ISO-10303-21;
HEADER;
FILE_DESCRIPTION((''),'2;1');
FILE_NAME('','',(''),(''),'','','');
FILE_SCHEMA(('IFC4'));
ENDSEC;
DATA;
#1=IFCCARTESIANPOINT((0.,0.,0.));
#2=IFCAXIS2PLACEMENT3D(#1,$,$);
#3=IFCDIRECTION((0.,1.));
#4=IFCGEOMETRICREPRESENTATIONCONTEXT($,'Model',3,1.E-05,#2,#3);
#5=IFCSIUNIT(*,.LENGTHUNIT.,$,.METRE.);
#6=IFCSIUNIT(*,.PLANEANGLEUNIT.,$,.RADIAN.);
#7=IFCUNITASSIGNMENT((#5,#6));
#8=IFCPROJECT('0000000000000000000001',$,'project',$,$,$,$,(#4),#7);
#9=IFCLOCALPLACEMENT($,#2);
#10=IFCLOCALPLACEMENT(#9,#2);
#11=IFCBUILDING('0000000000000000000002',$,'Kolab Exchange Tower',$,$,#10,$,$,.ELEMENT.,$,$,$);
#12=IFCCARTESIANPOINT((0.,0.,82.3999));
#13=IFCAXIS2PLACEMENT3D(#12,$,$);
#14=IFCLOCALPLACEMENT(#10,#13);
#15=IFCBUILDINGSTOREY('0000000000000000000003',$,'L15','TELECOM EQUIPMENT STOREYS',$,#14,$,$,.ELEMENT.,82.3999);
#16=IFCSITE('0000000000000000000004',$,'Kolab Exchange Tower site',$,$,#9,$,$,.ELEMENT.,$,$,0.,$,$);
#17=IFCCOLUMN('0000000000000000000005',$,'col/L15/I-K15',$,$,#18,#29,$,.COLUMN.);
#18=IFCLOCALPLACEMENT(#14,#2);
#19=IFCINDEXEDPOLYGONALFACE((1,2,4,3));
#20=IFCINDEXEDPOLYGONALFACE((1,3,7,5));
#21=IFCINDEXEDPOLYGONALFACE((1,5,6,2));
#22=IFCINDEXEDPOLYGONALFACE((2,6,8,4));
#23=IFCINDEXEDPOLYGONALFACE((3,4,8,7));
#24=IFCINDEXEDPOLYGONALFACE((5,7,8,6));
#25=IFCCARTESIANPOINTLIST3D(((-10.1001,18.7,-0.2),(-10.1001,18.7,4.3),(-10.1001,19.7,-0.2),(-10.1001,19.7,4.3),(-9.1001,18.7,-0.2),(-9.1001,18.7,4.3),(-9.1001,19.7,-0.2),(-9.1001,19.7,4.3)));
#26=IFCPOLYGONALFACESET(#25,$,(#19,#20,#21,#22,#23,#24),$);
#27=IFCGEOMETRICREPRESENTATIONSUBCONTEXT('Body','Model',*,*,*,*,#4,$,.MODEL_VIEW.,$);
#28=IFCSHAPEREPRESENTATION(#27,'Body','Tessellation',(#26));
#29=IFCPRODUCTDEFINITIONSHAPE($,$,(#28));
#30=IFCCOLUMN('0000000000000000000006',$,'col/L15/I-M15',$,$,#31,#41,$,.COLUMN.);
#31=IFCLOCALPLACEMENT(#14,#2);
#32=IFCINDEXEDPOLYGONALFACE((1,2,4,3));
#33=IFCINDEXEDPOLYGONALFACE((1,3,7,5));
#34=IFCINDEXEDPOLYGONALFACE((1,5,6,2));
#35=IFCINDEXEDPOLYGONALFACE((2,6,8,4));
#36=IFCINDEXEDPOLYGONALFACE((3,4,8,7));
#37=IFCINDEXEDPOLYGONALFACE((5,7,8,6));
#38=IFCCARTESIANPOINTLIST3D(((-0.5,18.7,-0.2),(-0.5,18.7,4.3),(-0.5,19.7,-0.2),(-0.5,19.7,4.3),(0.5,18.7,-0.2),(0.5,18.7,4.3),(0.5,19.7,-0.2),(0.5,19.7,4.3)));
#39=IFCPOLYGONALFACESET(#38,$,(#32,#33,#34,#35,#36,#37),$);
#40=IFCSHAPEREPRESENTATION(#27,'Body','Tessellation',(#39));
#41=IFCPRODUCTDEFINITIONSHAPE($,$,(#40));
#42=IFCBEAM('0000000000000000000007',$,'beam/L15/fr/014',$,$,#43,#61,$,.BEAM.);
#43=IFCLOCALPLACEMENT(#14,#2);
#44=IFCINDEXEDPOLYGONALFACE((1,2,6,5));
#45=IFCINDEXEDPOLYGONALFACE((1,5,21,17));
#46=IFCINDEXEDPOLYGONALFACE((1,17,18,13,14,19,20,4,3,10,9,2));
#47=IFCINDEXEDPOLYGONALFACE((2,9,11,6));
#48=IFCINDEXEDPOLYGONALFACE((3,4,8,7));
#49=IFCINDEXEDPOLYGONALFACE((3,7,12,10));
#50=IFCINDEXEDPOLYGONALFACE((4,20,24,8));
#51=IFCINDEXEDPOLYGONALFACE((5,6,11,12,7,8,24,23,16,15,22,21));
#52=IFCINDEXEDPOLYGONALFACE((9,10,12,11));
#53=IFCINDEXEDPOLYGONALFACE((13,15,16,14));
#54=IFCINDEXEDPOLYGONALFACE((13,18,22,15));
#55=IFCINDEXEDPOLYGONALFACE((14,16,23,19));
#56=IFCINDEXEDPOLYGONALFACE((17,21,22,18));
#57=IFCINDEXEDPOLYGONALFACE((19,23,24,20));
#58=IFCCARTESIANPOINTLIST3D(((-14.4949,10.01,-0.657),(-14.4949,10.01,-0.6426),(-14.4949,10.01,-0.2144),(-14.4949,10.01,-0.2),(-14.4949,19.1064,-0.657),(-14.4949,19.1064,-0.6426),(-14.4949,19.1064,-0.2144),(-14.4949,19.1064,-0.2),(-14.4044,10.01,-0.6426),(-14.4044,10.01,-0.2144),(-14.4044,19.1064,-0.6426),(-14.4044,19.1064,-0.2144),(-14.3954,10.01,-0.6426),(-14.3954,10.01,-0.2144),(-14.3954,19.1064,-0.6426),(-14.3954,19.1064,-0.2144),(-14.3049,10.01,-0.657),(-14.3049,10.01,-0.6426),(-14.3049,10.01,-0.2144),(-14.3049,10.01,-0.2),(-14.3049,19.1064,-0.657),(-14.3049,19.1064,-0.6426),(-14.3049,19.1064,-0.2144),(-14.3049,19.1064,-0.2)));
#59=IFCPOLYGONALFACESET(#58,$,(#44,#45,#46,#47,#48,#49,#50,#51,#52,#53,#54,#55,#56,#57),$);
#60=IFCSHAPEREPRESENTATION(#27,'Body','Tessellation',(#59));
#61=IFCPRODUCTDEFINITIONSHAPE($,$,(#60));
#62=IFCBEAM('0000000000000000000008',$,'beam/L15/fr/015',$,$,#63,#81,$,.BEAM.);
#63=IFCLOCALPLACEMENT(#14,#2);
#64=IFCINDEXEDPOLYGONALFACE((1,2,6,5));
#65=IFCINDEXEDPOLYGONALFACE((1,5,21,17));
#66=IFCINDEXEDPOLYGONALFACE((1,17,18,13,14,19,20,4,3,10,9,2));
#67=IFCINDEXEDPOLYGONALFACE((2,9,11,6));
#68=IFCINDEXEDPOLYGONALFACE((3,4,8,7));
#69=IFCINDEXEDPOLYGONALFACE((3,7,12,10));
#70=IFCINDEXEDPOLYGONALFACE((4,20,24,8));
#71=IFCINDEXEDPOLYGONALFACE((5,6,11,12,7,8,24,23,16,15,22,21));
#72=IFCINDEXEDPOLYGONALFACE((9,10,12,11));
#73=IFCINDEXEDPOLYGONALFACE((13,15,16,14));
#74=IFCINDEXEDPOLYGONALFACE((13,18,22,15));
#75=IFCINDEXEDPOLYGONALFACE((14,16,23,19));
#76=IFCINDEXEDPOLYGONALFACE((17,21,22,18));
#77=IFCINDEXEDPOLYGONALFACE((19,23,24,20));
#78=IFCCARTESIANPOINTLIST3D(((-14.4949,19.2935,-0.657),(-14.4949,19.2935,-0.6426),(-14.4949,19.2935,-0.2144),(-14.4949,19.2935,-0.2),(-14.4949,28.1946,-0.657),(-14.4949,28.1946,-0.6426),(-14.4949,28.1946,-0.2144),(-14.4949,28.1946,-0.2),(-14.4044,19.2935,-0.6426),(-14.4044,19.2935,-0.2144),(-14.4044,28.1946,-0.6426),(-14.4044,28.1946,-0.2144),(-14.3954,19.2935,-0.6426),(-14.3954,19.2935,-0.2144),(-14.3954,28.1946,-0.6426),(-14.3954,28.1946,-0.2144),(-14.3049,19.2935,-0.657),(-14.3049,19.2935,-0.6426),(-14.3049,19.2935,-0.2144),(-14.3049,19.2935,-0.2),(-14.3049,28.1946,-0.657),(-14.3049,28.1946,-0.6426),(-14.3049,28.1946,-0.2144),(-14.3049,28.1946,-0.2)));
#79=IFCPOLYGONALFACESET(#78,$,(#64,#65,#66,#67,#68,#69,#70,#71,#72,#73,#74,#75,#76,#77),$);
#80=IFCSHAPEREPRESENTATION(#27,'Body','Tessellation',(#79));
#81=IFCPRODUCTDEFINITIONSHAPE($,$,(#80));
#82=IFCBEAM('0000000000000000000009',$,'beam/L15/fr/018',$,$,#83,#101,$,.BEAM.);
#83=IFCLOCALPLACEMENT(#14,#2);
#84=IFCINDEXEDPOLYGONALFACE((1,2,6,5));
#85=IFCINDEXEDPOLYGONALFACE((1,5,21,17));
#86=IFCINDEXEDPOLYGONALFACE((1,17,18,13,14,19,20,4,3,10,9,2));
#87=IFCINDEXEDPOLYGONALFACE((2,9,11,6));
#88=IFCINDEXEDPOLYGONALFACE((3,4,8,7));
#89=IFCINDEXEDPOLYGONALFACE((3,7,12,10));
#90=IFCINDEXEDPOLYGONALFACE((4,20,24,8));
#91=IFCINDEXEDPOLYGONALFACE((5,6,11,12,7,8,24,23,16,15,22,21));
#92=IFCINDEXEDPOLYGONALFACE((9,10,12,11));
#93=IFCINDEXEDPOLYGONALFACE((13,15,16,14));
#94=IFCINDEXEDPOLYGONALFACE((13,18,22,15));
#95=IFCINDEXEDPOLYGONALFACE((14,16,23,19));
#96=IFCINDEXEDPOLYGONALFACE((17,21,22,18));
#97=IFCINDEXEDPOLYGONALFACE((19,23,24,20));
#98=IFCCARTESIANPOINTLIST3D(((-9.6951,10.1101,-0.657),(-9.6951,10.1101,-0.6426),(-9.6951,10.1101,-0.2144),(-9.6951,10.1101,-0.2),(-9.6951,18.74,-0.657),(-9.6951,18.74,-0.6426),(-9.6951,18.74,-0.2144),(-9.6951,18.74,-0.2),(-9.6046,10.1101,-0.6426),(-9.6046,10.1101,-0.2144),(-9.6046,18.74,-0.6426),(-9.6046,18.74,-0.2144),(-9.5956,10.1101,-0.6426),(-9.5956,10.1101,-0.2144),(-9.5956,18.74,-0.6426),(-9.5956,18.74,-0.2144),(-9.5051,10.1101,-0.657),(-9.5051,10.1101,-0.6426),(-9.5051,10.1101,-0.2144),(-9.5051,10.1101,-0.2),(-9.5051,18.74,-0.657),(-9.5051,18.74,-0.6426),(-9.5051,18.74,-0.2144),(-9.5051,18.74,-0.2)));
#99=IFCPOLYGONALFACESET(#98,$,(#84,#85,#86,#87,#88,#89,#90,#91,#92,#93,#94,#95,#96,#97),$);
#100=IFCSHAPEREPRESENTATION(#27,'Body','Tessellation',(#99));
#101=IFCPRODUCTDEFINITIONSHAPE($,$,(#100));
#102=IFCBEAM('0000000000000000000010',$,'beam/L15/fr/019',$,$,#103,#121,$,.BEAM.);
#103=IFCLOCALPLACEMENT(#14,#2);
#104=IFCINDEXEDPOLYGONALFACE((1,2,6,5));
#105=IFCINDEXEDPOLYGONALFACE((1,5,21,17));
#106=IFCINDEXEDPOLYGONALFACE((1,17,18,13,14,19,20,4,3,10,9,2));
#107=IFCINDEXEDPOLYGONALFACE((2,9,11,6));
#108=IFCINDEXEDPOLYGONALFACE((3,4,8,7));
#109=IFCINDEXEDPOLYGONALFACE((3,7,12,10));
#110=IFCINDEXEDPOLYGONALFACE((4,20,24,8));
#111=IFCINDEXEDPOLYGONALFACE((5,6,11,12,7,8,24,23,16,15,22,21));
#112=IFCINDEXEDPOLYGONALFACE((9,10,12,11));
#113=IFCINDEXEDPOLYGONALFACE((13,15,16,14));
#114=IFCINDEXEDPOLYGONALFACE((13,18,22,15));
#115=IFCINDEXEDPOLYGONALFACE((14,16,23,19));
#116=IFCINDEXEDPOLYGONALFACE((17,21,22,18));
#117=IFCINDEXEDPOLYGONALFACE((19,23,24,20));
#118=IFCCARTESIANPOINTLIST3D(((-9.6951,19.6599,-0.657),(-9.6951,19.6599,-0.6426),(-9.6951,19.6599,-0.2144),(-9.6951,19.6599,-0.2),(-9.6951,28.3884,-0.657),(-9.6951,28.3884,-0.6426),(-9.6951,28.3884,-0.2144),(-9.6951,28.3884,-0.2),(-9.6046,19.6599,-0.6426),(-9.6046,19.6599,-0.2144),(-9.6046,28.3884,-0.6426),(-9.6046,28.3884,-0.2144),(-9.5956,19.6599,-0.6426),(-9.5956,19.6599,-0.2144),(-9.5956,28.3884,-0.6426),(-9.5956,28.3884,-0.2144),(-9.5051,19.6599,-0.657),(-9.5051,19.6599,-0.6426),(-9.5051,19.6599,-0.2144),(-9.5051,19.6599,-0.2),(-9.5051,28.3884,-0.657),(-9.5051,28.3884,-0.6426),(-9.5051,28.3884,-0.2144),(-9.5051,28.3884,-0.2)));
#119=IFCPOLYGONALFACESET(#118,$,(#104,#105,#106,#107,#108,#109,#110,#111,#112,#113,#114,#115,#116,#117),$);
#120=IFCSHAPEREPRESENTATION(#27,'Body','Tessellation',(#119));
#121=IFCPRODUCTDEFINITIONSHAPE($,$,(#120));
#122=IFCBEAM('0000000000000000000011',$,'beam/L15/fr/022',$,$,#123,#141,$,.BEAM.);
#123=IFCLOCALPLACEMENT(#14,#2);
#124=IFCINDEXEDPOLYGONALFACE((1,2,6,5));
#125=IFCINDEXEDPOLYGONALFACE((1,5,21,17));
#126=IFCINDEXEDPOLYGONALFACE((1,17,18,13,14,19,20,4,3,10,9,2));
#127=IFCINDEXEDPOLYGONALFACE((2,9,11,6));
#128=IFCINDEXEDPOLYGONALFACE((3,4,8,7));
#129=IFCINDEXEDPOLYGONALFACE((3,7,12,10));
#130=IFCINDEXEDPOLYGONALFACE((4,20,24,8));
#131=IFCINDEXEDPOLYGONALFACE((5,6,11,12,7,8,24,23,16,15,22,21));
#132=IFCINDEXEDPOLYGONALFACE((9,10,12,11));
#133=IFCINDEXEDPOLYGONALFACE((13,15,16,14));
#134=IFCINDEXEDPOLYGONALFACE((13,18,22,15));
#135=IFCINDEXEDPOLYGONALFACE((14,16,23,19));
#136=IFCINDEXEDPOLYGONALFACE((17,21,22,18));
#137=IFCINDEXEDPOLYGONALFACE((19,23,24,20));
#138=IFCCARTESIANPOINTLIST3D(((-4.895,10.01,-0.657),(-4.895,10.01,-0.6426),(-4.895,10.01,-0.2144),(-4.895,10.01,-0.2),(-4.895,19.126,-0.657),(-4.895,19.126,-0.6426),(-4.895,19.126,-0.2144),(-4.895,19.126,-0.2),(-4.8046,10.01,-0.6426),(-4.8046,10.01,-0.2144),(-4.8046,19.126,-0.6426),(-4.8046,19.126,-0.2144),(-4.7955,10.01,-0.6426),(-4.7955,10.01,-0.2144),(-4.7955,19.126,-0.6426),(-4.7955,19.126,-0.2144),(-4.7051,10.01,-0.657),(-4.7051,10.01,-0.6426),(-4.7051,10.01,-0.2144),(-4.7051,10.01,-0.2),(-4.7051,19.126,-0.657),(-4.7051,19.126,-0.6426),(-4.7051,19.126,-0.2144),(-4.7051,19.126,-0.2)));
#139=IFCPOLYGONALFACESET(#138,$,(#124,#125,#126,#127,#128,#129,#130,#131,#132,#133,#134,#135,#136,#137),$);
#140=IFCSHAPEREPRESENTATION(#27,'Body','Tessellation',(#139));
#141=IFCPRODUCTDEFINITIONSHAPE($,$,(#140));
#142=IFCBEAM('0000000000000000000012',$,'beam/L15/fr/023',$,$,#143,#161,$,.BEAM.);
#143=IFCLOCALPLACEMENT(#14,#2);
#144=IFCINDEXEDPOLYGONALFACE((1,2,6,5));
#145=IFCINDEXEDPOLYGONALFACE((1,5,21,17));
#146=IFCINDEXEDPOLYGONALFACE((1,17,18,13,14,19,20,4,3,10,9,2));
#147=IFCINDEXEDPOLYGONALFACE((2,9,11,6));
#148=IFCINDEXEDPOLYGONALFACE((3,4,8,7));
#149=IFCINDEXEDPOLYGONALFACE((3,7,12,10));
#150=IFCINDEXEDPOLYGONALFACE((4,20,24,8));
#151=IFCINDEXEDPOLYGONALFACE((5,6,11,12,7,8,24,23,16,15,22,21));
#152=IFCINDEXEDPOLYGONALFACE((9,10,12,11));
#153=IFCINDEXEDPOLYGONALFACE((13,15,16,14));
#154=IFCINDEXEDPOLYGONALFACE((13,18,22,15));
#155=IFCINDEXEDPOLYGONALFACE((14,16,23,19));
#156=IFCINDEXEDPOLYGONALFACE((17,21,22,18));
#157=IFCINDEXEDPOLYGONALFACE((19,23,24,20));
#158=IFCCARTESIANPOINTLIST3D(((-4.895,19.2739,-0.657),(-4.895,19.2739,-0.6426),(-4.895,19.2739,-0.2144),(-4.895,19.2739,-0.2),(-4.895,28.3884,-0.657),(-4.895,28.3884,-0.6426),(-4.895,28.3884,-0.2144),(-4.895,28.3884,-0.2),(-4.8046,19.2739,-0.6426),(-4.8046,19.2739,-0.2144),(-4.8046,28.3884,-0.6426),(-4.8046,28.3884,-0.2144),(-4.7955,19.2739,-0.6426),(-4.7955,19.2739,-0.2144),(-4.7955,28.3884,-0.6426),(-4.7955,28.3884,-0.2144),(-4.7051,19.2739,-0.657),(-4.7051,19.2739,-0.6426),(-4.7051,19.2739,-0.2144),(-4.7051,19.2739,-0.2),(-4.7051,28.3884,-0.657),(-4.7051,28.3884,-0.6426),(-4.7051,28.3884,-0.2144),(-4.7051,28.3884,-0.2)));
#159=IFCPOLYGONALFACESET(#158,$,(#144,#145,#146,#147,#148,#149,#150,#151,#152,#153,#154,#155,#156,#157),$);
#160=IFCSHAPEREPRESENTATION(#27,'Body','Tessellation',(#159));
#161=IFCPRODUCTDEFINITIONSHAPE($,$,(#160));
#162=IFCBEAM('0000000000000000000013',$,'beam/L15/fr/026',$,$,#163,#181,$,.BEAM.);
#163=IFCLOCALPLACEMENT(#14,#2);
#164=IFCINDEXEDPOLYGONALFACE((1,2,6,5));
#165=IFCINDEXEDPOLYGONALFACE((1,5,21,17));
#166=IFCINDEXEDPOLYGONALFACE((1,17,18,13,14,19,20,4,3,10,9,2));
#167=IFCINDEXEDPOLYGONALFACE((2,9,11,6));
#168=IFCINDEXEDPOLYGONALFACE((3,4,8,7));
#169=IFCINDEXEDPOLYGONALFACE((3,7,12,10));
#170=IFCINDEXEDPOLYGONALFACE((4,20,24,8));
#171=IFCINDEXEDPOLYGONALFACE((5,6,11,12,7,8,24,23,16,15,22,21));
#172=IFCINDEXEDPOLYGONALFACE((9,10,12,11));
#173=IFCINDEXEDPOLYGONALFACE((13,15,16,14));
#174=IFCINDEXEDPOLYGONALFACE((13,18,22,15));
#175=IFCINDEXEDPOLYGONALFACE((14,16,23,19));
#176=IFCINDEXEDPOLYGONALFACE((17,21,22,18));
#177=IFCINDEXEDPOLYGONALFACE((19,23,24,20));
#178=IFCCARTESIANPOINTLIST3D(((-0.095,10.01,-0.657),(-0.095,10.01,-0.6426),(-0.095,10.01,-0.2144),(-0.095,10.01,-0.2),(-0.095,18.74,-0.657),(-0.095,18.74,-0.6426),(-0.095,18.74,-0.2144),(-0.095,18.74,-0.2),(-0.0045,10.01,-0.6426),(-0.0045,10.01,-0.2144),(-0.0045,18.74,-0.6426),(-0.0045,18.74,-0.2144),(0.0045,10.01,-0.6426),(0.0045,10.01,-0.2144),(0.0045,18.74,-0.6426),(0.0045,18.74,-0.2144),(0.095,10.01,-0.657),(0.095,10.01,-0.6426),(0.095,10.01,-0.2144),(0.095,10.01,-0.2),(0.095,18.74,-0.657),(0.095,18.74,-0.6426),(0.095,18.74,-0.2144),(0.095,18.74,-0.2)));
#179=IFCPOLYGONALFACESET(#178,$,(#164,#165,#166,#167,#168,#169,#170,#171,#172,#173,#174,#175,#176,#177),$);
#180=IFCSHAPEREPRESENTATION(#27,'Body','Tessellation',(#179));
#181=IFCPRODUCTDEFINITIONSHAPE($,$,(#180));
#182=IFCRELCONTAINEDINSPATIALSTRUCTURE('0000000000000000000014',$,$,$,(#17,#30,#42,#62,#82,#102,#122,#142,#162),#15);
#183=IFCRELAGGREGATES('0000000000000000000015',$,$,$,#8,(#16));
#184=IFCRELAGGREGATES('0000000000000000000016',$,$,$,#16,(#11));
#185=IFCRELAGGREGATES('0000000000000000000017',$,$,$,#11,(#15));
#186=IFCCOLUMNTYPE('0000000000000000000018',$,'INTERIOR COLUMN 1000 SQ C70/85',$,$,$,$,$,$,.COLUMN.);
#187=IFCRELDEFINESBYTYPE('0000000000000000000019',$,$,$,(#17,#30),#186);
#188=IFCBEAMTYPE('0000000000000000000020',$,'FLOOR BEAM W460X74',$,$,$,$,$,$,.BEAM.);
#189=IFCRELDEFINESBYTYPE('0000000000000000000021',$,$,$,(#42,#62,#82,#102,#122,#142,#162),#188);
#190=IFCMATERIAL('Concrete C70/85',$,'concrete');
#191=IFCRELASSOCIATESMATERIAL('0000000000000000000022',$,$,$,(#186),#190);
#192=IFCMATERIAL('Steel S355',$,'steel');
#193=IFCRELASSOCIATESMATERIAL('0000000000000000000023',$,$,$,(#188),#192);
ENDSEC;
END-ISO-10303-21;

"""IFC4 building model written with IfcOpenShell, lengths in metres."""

from ifc_helpers import new_model, si_unit, direction, frame, origin, origin_2d, place, context, subcontext, project, spatial, rectangle, i_section, extrude, material, material_profile, profile_set, type_object, element, save


model = new_model("IFC4")

# Units and contexts
model_context = context("Model", 3, precision=1e-05, world=origin(), true_north=direction((0.0, 1.0)))
body_context = subcontext(model_context, "Body", "Model", "MODEL_VIEW")
ifc_project = project(units=[si_unit("LENGTHUNIT", "METRE"), si_unit("PLANEANGLEUNIT", "RADIAN")], contexts=[model_context])

# Site, building, storey
site_placement = place(None, origin())
site = spatial("IfcSite", under=ifc_project, at=site_placement, Name="Kolab Exchange Tower site", CompositionType="ELEMENT", RefElevation=0.0)
building_placement = place(site_placement, origin())
building = spatial("IfcBuilding", under=site, at=building_placement, Name="Kolab Exchange Tower", CompositionType="ELEMENT")
storey_placement = place(building_placement, frame((0.0, 0.0, 82.3999)))
storey = spatial("IfcBuildingStorey", under=building, at=storey_placement, Name="L15", Description="TELECOM EQUIPMENT STOREYS", CompositionType="ELEMENT", Elevation=82.3999)

# Columns
ifc_material_1 = material(Name="Concrete C70/85", Category="concrete")
ifc_material_profile_1 = material_profile(ifc_material_1, rectangle(XDim=1.0, YDim=1.0, at=origin_2d()), Name="RC1000")
ifc_profile_set_1 = profile_set([ifc_material_profile_1], Name="Concrete C70/85")
column_type = type_object("IfcColumnType", Name="INTERIOR COLUMN 1000 SQ C70/85", PredefinedType="COLUMN", material=ifc_profile_set_1)
for number, where, z_axis, x_axis, name in (
    (1, (-9.6001, 19.2, -0.2), (0.0, 0.0, 1.0), (1.0, 0.0, 0.0), "col/L15/I-K15"),
    (2, (0.0, 19.2, -0.2), (0.0, 0.0, 1.0), (1.0, 0.0, 0.0), "col/L15/I-M15"),
):
    element("IfcColumn", number, at=place(storey_placement, frame(where, z_axis=z_axis, x_axis=x_axis)), inside=storey, type_object=column_type, Name=name, PredefinedType="COLUMN", context=body_context, shape_type="SweptSolid", body=[
        extrude(rectangle(XDim=1.0, YDim=1.0, at=origin_2d()), origin(), (0.0, 0.0, 1.0), 4.5),
    ])

# Beams
ifc_material_2 = material(Name="Steel S355", Category="steel")
ifc_material_profile_2 = material_profile(ifc_material_2, i_section(OverallWidth=0.1899, OverallDepth=0.457, WebThickness=0.009, FlangeThickness=0.0144, at=origin_2d()), Name="W460X74")
ifc_profile_set_2 = profile_set([ifc_material_profile_2], Name="Steel S355")
beam_type_1 = type_object("IfcBeamType", Name="FLOOR BEAM W460X74", PredefinedType="BEAM", material=ifc_profile_set_2)
beam_1_placement = place(storey_placement, frame((-14.3999, 10.01, -0.4285), z_axis=(0.0, 1.0, 0.0), x_axis=(-1.0, 0.0, 0.0)))
element("IfcBeam", 3, at=beam_1_placement, inside=storey, type_object=beam_type_1, Name="beam/L15/fr/014", PredefinedType="BEAM", context=body_context, shape_type="SweptSolid", body=[
    extrude(i_section(OverallWidth=0.1899, OverallDepth=0.457, WebThickness=0.009, FlangeThickness=0.0144, at=origin_2d()), origin(), (0.0, 0.0, 1.0), 9.0964),
])
beam_2_placement = place(storey_placement, frame((-14.3999, 19.2935, -0.4285), z_axis=(0.0, 1.0, 0.0), x_axis=(-1.0, 0.0, 0.0)))
element("IfcBeam", 4, at=beam_2_placement, inside=storey, type_object=beam_type_1, Name="beam/L15/fr/015", PredefinedType="BEAM", context=body_context, shape_type="SweptSolid", body=[
    extrude(i_section(OverallWidth=0.1899, OverallDepth=0.457, WebThickness=0.009, FlangeThickness=0.0144, at=origin_2d()), origin(), (0.0, 0.0, 1.0), 8.9011),
])
beam_3_placement = place(storey_placement, frame((-9.6001, 10.1101, -0.4285), z_axis=(0.0, 1.0, 0.0), x_axis=(-1.0, 0.0, 0.0)))
element("IfcBeam", 5, at=beam_3_placement, inside=storey, type_object=beam_type_1, Name="beam/L15/fr/018", PredefinedType="BEAM", context=body_context, shape_type="SweptSolid", body=[
    extrude(i_section(OverallWidth=0.1899, OverallDepth=0.457, WebThickness=0.009, FlangeThickness=0.0144, at=origin_2d()), origin(), (0.0, 0.0, 1.0), 8.6299),
])
beam_4_placement = place(storey_placement, frame((-9.6001, 19.6599, -0.4285), z_axis=(0.0, 1.0, 0.0), x_axis=(-1.0, 0.0, 0.0)))
element("IfcBeam", 6, at=beam_4_placement, inside=storey, type_object=beam_type_1, Name="beam/L15/fr/019", PredefinedType="BEAM", context=body_context, shape_type="SweptSolid", body=[
    extrude(i_section(OverallWidth=0.1899, OverallDepth=0.457, WebThickness=0.009, FlangeThickness=0.0144, at=origin_2d()), origin(), (0.0, 0.0, 1.0), 8.7285),
])
beam_5_placement = place(storey_placement, frame((-4.8, 10.01, -0.4285), z_axis=(0.0, 1.0, 0.0), x_axis=(-1.0, 0.0, 0.0)))
element("IfcBeam", 7, at=beam_5_placement, inside=storey, type_object=beam_type_1, Name="beam/L15/fr/022", PredefinedType="BEAM", context=body_context, shape_type="SweptSolid", body=[
    extrude(i_section(OverallWidth=0.1899, OverallDepth=0.457, WebThickness=0.009, FlangeThickness=0.0144, at=origin_2d()), origin(), (0.0, 0.0, 1.0), 9.116),
])
beam_6_placement = place(storey_placement, frame((-4.8, 19.2739, -0.4285), z_axis=(0.0, 1.0, 0.0), x_axis=(-1.0, 0.0, 0.0)))
element("IfcBeam", 8, at=beam_6_placement, inside=storey, type_object=beam_type_1, Name="beam/L15/fr/023", PredefinedType="BEAM", context=body_context, shape_type="SweptSolid", body=[
    extrude(i_section(OverallWidth=0.1899, OverallDepth=0.457, WebThickness=0.009, FlangeThickness=0.0144, at=origin_2d()), origin(), (0.0, 0.0, 1.0), 9.1145),
])
beam_7_placement = place(storey_placement, frame((0.0, 10.01, -0.4285), z_axis=(0.0, 1.0, 0.0), x_axis=(-1.0, 0.0, 0.0)))
element("IfcBeam", 9, at=beam_7_placement, inside=storey, type_object=beam_type_1, Name="beam/L15/fr/026", PredefinedType="BEAM", context=body_context, shape_type="SweptSolid", body=[
    extrude(i_section(OverallWidth=0.1899, OverallDepth=0.457, WebThickness=0.009, FlangeThickness=0.0144, at=origin_2d()), origin(), (0.0, 0.0, 1.0), 8.73),
])

save(model, "model.ifc")
